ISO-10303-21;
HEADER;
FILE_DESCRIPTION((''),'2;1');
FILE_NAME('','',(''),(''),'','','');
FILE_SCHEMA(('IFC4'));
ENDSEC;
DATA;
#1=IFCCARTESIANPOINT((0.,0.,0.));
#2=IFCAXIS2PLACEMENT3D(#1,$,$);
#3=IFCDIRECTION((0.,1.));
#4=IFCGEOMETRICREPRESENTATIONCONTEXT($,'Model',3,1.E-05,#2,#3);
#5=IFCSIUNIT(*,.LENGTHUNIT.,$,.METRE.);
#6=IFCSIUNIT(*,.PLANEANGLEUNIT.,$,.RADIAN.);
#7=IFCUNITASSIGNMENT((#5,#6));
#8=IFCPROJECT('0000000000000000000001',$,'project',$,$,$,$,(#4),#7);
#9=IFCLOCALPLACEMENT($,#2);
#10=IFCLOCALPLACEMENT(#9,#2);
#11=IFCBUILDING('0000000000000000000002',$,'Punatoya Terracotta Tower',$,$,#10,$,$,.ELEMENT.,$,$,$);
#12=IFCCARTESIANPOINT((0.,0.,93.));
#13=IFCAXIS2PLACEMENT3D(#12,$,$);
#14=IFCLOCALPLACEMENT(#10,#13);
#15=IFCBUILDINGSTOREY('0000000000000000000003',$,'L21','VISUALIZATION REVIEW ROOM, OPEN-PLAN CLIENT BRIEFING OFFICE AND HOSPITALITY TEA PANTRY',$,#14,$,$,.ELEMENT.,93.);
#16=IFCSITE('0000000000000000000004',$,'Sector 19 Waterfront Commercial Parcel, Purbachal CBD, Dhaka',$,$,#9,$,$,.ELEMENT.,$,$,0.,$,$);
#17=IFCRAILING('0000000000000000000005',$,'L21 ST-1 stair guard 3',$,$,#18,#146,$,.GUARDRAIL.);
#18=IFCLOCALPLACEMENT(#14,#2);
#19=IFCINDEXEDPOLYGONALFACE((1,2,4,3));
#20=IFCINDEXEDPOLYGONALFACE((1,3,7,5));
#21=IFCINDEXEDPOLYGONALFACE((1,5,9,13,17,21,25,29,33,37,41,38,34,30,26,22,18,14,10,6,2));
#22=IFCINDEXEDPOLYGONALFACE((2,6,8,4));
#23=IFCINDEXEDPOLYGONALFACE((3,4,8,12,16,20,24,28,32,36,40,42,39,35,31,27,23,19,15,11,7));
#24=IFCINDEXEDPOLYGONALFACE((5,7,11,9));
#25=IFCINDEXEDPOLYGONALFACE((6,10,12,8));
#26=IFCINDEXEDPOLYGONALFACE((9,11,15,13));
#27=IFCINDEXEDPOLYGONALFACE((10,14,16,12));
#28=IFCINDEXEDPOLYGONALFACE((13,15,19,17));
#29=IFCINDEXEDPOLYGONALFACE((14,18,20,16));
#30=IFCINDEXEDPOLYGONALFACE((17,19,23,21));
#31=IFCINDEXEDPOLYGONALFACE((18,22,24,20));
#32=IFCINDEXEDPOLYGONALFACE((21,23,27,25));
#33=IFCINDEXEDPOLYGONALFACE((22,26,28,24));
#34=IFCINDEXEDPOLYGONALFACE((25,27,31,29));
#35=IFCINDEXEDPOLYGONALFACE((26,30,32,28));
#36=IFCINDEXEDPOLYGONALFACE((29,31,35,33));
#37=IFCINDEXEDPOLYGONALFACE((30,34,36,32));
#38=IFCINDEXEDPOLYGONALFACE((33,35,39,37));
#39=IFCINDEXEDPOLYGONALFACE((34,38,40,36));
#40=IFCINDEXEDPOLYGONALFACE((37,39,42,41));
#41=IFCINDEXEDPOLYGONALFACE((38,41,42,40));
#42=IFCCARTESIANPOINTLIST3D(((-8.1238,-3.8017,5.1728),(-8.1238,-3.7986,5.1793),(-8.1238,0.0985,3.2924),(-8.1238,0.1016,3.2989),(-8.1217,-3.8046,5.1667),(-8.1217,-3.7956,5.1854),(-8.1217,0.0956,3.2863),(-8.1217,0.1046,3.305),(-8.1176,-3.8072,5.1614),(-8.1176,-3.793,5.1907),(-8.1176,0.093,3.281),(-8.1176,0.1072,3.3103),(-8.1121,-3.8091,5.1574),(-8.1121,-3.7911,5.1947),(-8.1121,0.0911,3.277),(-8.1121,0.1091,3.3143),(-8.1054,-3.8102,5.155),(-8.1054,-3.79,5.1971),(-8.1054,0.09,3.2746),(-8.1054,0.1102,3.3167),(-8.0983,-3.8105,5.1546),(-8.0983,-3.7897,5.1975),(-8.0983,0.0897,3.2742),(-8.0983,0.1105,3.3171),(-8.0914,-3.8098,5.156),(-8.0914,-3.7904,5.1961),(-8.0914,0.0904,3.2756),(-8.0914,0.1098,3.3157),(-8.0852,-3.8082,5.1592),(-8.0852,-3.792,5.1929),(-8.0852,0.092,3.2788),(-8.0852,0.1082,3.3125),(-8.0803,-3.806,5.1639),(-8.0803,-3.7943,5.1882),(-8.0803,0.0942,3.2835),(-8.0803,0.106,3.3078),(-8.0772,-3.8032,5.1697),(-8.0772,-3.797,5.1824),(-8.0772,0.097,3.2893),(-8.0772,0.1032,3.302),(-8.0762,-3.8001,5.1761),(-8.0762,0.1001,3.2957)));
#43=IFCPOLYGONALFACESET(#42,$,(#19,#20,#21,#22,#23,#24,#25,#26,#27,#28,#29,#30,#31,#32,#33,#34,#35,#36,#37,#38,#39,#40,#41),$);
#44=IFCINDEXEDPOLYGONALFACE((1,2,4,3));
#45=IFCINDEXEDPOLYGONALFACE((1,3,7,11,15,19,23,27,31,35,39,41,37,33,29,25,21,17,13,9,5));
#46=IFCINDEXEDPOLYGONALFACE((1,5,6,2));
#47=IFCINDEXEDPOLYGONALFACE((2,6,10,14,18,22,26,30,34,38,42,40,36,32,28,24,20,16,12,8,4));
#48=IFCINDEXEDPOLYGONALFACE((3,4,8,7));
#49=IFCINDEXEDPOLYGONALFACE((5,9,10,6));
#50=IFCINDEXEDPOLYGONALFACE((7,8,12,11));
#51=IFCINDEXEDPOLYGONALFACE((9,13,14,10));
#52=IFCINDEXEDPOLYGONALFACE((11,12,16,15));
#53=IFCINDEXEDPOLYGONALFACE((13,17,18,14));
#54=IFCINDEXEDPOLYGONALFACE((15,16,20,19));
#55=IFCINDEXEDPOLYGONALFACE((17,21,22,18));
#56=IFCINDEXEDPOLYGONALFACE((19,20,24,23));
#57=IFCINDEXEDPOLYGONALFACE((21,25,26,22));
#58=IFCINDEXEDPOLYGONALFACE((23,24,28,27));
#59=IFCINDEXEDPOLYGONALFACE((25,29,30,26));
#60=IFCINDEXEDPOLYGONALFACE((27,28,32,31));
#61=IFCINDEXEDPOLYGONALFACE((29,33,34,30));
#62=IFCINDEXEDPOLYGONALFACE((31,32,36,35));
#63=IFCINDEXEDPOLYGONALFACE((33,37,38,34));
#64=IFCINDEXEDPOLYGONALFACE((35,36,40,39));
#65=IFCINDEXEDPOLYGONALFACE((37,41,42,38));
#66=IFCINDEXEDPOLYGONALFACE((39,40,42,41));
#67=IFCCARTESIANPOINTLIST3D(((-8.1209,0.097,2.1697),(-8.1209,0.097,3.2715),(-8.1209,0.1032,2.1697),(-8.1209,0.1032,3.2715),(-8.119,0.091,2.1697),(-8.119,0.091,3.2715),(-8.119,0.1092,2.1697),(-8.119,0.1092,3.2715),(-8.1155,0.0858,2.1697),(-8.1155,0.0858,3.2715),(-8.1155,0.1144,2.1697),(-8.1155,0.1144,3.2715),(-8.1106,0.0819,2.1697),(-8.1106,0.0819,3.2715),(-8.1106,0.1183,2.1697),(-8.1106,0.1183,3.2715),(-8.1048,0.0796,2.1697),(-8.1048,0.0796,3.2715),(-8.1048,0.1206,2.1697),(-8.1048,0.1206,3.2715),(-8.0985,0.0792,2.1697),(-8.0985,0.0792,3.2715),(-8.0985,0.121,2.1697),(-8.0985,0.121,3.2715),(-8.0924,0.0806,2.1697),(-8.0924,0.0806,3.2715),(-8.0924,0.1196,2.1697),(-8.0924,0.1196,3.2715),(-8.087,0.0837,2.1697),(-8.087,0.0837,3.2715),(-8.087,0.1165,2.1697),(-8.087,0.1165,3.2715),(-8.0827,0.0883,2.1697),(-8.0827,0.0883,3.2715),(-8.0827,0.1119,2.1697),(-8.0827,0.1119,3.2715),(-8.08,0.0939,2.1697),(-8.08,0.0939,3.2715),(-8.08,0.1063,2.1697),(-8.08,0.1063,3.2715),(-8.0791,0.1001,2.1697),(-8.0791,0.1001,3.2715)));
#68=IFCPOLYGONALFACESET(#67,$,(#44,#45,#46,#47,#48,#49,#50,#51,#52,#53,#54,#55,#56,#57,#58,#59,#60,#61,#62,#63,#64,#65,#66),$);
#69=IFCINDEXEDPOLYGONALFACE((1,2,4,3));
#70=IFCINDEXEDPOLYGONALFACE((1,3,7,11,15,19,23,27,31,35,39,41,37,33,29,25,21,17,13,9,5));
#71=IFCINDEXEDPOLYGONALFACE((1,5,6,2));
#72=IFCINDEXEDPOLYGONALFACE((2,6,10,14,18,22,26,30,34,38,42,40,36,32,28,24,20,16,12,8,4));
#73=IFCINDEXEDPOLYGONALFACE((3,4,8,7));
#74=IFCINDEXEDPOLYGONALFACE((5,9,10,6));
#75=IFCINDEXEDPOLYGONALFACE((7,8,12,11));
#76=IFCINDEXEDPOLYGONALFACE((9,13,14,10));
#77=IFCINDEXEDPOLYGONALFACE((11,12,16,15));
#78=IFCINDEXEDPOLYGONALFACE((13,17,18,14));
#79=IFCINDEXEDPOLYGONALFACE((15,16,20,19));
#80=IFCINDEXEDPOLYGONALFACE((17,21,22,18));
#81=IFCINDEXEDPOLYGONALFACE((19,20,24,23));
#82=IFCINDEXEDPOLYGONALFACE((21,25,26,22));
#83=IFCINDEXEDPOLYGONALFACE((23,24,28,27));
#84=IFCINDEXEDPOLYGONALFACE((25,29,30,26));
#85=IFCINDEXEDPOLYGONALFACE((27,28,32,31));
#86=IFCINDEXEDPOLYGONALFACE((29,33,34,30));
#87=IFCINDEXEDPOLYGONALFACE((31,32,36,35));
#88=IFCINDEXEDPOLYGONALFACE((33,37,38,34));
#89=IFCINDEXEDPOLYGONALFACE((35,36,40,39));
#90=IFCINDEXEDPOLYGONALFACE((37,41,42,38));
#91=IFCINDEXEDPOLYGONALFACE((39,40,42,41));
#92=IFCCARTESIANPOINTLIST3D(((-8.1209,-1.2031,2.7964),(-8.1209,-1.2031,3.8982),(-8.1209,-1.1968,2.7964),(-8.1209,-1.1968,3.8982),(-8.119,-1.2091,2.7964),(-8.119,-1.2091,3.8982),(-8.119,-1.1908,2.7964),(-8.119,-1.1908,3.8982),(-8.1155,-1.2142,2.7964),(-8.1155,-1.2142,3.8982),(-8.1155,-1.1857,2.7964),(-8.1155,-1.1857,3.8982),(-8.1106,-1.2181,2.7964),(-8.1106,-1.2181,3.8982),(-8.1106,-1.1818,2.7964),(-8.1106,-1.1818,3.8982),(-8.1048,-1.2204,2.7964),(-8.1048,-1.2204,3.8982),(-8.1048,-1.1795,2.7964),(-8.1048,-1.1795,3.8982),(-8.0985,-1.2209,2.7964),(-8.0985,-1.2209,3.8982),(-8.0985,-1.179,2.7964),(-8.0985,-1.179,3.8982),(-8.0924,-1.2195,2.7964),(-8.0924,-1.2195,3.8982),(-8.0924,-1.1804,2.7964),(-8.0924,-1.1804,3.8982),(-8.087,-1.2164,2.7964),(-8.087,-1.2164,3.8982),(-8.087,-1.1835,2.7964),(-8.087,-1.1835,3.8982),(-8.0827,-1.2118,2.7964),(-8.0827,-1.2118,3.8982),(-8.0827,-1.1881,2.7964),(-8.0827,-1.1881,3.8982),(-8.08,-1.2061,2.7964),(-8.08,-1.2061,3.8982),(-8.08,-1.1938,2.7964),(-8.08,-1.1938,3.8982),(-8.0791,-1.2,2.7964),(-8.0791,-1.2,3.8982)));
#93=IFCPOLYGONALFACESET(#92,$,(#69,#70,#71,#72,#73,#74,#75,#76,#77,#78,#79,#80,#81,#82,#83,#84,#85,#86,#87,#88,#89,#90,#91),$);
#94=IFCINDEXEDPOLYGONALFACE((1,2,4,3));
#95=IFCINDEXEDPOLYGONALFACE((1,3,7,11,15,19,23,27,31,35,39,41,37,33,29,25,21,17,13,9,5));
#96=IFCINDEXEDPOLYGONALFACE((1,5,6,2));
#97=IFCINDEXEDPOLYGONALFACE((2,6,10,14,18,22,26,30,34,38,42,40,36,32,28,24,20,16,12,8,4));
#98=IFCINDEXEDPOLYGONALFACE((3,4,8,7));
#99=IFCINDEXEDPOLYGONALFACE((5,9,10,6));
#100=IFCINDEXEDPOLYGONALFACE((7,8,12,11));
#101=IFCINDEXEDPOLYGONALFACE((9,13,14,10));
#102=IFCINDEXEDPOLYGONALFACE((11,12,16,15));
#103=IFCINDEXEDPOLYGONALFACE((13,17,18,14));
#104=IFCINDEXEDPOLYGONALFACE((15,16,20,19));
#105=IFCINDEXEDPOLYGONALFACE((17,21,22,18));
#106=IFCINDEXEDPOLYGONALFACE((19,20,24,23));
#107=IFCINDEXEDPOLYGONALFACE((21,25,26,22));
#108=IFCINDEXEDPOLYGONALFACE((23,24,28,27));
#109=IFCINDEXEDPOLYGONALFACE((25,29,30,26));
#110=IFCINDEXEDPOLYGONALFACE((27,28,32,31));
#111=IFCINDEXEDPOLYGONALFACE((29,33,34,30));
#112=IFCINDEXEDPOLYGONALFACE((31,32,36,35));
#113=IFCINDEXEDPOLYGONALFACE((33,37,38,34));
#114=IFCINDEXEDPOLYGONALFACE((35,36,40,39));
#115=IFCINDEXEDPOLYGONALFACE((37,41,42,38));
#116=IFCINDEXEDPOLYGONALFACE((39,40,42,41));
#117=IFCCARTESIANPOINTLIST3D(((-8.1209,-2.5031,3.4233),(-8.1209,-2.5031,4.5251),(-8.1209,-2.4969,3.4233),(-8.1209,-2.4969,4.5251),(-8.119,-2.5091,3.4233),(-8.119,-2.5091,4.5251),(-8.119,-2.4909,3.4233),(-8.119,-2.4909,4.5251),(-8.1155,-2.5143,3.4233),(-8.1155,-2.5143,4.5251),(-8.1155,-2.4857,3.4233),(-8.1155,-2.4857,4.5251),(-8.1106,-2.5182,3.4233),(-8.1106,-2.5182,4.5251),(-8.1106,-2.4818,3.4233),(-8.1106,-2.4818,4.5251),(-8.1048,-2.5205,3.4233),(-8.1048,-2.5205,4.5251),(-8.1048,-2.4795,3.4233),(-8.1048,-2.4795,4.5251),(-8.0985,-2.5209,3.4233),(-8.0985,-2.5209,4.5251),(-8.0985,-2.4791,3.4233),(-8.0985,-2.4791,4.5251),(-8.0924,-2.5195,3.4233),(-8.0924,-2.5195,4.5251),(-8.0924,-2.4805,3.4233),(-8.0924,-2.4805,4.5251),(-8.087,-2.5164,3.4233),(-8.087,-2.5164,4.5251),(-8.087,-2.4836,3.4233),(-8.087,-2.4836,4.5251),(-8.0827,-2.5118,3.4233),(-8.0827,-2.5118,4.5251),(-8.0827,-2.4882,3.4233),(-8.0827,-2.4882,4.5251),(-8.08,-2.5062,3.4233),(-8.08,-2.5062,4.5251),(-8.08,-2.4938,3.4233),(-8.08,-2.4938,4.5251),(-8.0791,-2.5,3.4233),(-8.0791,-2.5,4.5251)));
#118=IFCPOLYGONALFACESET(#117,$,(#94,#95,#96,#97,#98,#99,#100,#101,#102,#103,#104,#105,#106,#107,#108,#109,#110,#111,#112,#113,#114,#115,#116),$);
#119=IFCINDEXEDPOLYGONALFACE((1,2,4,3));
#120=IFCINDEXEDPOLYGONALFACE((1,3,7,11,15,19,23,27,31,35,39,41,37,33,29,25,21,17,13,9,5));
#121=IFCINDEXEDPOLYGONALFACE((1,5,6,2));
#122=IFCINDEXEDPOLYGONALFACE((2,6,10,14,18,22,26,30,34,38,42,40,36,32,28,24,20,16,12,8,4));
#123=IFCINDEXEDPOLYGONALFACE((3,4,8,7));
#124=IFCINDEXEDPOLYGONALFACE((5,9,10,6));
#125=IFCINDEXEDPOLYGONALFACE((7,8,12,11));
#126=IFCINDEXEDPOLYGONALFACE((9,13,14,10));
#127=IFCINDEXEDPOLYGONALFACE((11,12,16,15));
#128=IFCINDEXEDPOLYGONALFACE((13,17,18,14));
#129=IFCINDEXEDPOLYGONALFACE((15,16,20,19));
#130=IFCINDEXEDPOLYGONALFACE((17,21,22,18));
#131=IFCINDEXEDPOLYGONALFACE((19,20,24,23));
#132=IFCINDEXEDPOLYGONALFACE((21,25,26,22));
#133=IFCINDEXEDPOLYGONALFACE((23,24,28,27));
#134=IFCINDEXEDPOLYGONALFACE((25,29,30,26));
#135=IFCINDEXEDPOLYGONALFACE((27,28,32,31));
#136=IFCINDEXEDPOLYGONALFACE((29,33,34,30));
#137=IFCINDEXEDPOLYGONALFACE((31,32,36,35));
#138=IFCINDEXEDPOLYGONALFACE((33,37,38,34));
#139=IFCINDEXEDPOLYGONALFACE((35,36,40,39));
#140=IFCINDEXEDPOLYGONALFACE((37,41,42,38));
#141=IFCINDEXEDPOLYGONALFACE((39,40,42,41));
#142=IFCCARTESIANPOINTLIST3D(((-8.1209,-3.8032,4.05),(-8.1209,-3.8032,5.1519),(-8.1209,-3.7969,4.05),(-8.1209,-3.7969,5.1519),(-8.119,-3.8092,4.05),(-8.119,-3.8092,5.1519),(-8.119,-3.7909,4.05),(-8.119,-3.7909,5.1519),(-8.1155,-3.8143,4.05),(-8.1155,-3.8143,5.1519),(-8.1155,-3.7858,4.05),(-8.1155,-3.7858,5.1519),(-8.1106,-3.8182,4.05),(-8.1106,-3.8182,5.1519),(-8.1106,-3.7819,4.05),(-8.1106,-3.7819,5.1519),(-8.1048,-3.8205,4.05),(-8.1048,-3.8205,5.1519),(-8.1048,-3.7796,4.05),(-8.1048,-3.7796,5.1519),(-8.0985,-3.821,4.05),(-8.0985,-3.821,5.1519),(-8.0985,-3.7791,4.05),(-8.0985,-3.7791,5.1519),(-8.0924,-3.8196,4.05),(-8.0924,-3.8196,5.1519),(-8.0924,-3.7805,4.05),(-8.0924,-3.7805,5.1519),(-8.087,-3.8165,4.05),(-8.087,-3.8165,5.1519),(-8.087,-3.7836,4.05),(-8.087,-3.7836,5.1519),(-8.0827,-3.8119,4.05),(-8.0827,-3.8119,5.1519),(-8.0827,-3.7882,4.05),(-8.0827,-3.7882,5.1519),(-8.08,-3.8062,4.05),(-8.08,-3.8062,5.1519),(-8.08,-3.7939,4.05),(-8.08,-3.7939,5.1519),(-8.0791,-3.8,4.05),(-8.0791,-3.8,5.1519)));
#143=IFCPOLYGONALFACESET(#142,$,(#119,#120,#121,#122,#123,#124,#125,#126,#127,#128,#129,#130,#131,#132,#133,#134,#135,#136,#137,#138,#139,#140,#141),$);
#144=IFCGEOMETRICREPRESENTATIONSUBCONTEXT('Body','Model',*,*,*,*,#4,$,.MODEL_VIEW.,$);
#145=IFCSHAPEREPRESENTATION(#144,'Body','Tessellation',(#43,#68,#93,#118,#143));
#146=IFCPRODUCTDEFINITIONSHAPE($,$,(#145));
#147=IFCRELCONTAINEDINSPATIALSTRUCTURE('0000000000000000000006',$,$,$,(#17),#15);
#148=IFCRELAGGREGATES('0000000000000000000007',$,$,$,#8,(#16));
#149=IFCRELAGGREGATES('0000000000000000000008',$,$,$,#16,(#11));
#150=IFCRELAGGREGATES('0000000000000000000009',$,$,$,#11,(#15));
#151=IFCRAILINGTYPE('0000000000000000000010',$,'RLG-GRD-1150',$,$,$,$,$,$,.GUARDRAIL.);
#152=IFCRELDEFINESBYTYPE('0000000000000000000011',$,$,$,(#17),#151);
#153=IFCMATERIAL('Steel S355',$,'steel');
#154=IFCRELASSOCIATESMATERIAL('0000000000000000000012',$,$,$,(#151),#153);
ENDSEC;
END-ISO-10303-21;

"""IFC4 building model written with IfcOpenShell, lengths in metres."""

from ifc_helpers import new_model, si_unit, direction, frame, origin, origin_2d, place, context, subcontext, project, spatial, circle, extrude, material, type_object, element, save


model = new_model("IFC4")

# Units and contexts
model_context = context("Model", 3, precision=1e-05, world=origin(), true_north=direction((0.0, 1.0)))
body_context = subcontext(model_context, "Body", "Model", "MODEL_VIEW")
ifc_project = project(units=[si_unit("LENGTHUNIT", "METRE"), si_unit("PLANEANGLEUNIT", "RADIAN")], contexts=[model_context])

# Site, building, storey
site_placement = place(None, origin())
site = spatial("IfcSite", under=ifc_project, at=site_placement, Name="Sector 19 Waterfront Commercial Parcel, Purbachal CBD, Dhaka", CompositionType="ELEMENT", RefElevation=0.0)
building_placement = place(site_placement, origin())
building = spatial("IfcBuilding", under=site, at=building_placement, Name="Punatoya Terracotta Tower", CompositionType="ELEMENT")
storey_placement = place(building_placement, frame((0.0, 0.0, 93.0)))
storey = spatial("IfcBuildingStorey", under=building, at=storey_placement, Name="L21", Description="VISUALIZATION REVIEW ROOM, OPEN-PLAN CLIENT BRIEFING OFFICE AND HOSPITALITY TEA PANTRY", CompositionType="ELEMENT", Elevation=93.0)

# Shared definitions
ifc_material_1 = material(Name="Steel S355", Category="steel")

# Railing
railing_type_1 = type_object("IfcRailingType", Name="RLG-GRD-1150", PredefinedType="GUARDRAIL", material=ifc_material_1)
railing_1_placement = place(storey_placement, frame((-8.1001, 0.1001, 2.1697)))
element("IfcRailing", 1, at=railing_1_placement, inside=storey, type_object=railing_type_1, Name="L21 ST-1 stair guard 3", PredefinedType="GUARDRAIL", context=body_context, shape_type="SweptSolid", body=[
    extrude(circle(Radius=0.0239, at=origin_2d()), frame((0.0, 0.0, 1.126), z_axis=(0.0, -0.900774, 0.434289), x_axis=(1.0, 0.0, 0.0)), (0.0, 0.0, 1.0), 4.3298),
    extrude(circle(Radius=0.021, at=origin_2d()), origin(), (0.0, 0.0, 1.0), 1.1018),
    extrude(circle(Radius=0.021, at=origin_2d()), frame((0.0, -1.3, 0.6267)), (0.0, 0.0, 1.0), 1.1018),
    extrude(circle(Radius=0.021, at=origin_2d()), frame((0.0, -2.6001, 1.2537)), (0.0, 0.0, 1.0), 1.1018),
    extrude(circle(Radius=0.021, at=origin_2d()), frame((0.0, -3.9001, 1.8804)), (0.0, 0.0, 1.0), 1.1018),
])

save(model, "model.ifc")
